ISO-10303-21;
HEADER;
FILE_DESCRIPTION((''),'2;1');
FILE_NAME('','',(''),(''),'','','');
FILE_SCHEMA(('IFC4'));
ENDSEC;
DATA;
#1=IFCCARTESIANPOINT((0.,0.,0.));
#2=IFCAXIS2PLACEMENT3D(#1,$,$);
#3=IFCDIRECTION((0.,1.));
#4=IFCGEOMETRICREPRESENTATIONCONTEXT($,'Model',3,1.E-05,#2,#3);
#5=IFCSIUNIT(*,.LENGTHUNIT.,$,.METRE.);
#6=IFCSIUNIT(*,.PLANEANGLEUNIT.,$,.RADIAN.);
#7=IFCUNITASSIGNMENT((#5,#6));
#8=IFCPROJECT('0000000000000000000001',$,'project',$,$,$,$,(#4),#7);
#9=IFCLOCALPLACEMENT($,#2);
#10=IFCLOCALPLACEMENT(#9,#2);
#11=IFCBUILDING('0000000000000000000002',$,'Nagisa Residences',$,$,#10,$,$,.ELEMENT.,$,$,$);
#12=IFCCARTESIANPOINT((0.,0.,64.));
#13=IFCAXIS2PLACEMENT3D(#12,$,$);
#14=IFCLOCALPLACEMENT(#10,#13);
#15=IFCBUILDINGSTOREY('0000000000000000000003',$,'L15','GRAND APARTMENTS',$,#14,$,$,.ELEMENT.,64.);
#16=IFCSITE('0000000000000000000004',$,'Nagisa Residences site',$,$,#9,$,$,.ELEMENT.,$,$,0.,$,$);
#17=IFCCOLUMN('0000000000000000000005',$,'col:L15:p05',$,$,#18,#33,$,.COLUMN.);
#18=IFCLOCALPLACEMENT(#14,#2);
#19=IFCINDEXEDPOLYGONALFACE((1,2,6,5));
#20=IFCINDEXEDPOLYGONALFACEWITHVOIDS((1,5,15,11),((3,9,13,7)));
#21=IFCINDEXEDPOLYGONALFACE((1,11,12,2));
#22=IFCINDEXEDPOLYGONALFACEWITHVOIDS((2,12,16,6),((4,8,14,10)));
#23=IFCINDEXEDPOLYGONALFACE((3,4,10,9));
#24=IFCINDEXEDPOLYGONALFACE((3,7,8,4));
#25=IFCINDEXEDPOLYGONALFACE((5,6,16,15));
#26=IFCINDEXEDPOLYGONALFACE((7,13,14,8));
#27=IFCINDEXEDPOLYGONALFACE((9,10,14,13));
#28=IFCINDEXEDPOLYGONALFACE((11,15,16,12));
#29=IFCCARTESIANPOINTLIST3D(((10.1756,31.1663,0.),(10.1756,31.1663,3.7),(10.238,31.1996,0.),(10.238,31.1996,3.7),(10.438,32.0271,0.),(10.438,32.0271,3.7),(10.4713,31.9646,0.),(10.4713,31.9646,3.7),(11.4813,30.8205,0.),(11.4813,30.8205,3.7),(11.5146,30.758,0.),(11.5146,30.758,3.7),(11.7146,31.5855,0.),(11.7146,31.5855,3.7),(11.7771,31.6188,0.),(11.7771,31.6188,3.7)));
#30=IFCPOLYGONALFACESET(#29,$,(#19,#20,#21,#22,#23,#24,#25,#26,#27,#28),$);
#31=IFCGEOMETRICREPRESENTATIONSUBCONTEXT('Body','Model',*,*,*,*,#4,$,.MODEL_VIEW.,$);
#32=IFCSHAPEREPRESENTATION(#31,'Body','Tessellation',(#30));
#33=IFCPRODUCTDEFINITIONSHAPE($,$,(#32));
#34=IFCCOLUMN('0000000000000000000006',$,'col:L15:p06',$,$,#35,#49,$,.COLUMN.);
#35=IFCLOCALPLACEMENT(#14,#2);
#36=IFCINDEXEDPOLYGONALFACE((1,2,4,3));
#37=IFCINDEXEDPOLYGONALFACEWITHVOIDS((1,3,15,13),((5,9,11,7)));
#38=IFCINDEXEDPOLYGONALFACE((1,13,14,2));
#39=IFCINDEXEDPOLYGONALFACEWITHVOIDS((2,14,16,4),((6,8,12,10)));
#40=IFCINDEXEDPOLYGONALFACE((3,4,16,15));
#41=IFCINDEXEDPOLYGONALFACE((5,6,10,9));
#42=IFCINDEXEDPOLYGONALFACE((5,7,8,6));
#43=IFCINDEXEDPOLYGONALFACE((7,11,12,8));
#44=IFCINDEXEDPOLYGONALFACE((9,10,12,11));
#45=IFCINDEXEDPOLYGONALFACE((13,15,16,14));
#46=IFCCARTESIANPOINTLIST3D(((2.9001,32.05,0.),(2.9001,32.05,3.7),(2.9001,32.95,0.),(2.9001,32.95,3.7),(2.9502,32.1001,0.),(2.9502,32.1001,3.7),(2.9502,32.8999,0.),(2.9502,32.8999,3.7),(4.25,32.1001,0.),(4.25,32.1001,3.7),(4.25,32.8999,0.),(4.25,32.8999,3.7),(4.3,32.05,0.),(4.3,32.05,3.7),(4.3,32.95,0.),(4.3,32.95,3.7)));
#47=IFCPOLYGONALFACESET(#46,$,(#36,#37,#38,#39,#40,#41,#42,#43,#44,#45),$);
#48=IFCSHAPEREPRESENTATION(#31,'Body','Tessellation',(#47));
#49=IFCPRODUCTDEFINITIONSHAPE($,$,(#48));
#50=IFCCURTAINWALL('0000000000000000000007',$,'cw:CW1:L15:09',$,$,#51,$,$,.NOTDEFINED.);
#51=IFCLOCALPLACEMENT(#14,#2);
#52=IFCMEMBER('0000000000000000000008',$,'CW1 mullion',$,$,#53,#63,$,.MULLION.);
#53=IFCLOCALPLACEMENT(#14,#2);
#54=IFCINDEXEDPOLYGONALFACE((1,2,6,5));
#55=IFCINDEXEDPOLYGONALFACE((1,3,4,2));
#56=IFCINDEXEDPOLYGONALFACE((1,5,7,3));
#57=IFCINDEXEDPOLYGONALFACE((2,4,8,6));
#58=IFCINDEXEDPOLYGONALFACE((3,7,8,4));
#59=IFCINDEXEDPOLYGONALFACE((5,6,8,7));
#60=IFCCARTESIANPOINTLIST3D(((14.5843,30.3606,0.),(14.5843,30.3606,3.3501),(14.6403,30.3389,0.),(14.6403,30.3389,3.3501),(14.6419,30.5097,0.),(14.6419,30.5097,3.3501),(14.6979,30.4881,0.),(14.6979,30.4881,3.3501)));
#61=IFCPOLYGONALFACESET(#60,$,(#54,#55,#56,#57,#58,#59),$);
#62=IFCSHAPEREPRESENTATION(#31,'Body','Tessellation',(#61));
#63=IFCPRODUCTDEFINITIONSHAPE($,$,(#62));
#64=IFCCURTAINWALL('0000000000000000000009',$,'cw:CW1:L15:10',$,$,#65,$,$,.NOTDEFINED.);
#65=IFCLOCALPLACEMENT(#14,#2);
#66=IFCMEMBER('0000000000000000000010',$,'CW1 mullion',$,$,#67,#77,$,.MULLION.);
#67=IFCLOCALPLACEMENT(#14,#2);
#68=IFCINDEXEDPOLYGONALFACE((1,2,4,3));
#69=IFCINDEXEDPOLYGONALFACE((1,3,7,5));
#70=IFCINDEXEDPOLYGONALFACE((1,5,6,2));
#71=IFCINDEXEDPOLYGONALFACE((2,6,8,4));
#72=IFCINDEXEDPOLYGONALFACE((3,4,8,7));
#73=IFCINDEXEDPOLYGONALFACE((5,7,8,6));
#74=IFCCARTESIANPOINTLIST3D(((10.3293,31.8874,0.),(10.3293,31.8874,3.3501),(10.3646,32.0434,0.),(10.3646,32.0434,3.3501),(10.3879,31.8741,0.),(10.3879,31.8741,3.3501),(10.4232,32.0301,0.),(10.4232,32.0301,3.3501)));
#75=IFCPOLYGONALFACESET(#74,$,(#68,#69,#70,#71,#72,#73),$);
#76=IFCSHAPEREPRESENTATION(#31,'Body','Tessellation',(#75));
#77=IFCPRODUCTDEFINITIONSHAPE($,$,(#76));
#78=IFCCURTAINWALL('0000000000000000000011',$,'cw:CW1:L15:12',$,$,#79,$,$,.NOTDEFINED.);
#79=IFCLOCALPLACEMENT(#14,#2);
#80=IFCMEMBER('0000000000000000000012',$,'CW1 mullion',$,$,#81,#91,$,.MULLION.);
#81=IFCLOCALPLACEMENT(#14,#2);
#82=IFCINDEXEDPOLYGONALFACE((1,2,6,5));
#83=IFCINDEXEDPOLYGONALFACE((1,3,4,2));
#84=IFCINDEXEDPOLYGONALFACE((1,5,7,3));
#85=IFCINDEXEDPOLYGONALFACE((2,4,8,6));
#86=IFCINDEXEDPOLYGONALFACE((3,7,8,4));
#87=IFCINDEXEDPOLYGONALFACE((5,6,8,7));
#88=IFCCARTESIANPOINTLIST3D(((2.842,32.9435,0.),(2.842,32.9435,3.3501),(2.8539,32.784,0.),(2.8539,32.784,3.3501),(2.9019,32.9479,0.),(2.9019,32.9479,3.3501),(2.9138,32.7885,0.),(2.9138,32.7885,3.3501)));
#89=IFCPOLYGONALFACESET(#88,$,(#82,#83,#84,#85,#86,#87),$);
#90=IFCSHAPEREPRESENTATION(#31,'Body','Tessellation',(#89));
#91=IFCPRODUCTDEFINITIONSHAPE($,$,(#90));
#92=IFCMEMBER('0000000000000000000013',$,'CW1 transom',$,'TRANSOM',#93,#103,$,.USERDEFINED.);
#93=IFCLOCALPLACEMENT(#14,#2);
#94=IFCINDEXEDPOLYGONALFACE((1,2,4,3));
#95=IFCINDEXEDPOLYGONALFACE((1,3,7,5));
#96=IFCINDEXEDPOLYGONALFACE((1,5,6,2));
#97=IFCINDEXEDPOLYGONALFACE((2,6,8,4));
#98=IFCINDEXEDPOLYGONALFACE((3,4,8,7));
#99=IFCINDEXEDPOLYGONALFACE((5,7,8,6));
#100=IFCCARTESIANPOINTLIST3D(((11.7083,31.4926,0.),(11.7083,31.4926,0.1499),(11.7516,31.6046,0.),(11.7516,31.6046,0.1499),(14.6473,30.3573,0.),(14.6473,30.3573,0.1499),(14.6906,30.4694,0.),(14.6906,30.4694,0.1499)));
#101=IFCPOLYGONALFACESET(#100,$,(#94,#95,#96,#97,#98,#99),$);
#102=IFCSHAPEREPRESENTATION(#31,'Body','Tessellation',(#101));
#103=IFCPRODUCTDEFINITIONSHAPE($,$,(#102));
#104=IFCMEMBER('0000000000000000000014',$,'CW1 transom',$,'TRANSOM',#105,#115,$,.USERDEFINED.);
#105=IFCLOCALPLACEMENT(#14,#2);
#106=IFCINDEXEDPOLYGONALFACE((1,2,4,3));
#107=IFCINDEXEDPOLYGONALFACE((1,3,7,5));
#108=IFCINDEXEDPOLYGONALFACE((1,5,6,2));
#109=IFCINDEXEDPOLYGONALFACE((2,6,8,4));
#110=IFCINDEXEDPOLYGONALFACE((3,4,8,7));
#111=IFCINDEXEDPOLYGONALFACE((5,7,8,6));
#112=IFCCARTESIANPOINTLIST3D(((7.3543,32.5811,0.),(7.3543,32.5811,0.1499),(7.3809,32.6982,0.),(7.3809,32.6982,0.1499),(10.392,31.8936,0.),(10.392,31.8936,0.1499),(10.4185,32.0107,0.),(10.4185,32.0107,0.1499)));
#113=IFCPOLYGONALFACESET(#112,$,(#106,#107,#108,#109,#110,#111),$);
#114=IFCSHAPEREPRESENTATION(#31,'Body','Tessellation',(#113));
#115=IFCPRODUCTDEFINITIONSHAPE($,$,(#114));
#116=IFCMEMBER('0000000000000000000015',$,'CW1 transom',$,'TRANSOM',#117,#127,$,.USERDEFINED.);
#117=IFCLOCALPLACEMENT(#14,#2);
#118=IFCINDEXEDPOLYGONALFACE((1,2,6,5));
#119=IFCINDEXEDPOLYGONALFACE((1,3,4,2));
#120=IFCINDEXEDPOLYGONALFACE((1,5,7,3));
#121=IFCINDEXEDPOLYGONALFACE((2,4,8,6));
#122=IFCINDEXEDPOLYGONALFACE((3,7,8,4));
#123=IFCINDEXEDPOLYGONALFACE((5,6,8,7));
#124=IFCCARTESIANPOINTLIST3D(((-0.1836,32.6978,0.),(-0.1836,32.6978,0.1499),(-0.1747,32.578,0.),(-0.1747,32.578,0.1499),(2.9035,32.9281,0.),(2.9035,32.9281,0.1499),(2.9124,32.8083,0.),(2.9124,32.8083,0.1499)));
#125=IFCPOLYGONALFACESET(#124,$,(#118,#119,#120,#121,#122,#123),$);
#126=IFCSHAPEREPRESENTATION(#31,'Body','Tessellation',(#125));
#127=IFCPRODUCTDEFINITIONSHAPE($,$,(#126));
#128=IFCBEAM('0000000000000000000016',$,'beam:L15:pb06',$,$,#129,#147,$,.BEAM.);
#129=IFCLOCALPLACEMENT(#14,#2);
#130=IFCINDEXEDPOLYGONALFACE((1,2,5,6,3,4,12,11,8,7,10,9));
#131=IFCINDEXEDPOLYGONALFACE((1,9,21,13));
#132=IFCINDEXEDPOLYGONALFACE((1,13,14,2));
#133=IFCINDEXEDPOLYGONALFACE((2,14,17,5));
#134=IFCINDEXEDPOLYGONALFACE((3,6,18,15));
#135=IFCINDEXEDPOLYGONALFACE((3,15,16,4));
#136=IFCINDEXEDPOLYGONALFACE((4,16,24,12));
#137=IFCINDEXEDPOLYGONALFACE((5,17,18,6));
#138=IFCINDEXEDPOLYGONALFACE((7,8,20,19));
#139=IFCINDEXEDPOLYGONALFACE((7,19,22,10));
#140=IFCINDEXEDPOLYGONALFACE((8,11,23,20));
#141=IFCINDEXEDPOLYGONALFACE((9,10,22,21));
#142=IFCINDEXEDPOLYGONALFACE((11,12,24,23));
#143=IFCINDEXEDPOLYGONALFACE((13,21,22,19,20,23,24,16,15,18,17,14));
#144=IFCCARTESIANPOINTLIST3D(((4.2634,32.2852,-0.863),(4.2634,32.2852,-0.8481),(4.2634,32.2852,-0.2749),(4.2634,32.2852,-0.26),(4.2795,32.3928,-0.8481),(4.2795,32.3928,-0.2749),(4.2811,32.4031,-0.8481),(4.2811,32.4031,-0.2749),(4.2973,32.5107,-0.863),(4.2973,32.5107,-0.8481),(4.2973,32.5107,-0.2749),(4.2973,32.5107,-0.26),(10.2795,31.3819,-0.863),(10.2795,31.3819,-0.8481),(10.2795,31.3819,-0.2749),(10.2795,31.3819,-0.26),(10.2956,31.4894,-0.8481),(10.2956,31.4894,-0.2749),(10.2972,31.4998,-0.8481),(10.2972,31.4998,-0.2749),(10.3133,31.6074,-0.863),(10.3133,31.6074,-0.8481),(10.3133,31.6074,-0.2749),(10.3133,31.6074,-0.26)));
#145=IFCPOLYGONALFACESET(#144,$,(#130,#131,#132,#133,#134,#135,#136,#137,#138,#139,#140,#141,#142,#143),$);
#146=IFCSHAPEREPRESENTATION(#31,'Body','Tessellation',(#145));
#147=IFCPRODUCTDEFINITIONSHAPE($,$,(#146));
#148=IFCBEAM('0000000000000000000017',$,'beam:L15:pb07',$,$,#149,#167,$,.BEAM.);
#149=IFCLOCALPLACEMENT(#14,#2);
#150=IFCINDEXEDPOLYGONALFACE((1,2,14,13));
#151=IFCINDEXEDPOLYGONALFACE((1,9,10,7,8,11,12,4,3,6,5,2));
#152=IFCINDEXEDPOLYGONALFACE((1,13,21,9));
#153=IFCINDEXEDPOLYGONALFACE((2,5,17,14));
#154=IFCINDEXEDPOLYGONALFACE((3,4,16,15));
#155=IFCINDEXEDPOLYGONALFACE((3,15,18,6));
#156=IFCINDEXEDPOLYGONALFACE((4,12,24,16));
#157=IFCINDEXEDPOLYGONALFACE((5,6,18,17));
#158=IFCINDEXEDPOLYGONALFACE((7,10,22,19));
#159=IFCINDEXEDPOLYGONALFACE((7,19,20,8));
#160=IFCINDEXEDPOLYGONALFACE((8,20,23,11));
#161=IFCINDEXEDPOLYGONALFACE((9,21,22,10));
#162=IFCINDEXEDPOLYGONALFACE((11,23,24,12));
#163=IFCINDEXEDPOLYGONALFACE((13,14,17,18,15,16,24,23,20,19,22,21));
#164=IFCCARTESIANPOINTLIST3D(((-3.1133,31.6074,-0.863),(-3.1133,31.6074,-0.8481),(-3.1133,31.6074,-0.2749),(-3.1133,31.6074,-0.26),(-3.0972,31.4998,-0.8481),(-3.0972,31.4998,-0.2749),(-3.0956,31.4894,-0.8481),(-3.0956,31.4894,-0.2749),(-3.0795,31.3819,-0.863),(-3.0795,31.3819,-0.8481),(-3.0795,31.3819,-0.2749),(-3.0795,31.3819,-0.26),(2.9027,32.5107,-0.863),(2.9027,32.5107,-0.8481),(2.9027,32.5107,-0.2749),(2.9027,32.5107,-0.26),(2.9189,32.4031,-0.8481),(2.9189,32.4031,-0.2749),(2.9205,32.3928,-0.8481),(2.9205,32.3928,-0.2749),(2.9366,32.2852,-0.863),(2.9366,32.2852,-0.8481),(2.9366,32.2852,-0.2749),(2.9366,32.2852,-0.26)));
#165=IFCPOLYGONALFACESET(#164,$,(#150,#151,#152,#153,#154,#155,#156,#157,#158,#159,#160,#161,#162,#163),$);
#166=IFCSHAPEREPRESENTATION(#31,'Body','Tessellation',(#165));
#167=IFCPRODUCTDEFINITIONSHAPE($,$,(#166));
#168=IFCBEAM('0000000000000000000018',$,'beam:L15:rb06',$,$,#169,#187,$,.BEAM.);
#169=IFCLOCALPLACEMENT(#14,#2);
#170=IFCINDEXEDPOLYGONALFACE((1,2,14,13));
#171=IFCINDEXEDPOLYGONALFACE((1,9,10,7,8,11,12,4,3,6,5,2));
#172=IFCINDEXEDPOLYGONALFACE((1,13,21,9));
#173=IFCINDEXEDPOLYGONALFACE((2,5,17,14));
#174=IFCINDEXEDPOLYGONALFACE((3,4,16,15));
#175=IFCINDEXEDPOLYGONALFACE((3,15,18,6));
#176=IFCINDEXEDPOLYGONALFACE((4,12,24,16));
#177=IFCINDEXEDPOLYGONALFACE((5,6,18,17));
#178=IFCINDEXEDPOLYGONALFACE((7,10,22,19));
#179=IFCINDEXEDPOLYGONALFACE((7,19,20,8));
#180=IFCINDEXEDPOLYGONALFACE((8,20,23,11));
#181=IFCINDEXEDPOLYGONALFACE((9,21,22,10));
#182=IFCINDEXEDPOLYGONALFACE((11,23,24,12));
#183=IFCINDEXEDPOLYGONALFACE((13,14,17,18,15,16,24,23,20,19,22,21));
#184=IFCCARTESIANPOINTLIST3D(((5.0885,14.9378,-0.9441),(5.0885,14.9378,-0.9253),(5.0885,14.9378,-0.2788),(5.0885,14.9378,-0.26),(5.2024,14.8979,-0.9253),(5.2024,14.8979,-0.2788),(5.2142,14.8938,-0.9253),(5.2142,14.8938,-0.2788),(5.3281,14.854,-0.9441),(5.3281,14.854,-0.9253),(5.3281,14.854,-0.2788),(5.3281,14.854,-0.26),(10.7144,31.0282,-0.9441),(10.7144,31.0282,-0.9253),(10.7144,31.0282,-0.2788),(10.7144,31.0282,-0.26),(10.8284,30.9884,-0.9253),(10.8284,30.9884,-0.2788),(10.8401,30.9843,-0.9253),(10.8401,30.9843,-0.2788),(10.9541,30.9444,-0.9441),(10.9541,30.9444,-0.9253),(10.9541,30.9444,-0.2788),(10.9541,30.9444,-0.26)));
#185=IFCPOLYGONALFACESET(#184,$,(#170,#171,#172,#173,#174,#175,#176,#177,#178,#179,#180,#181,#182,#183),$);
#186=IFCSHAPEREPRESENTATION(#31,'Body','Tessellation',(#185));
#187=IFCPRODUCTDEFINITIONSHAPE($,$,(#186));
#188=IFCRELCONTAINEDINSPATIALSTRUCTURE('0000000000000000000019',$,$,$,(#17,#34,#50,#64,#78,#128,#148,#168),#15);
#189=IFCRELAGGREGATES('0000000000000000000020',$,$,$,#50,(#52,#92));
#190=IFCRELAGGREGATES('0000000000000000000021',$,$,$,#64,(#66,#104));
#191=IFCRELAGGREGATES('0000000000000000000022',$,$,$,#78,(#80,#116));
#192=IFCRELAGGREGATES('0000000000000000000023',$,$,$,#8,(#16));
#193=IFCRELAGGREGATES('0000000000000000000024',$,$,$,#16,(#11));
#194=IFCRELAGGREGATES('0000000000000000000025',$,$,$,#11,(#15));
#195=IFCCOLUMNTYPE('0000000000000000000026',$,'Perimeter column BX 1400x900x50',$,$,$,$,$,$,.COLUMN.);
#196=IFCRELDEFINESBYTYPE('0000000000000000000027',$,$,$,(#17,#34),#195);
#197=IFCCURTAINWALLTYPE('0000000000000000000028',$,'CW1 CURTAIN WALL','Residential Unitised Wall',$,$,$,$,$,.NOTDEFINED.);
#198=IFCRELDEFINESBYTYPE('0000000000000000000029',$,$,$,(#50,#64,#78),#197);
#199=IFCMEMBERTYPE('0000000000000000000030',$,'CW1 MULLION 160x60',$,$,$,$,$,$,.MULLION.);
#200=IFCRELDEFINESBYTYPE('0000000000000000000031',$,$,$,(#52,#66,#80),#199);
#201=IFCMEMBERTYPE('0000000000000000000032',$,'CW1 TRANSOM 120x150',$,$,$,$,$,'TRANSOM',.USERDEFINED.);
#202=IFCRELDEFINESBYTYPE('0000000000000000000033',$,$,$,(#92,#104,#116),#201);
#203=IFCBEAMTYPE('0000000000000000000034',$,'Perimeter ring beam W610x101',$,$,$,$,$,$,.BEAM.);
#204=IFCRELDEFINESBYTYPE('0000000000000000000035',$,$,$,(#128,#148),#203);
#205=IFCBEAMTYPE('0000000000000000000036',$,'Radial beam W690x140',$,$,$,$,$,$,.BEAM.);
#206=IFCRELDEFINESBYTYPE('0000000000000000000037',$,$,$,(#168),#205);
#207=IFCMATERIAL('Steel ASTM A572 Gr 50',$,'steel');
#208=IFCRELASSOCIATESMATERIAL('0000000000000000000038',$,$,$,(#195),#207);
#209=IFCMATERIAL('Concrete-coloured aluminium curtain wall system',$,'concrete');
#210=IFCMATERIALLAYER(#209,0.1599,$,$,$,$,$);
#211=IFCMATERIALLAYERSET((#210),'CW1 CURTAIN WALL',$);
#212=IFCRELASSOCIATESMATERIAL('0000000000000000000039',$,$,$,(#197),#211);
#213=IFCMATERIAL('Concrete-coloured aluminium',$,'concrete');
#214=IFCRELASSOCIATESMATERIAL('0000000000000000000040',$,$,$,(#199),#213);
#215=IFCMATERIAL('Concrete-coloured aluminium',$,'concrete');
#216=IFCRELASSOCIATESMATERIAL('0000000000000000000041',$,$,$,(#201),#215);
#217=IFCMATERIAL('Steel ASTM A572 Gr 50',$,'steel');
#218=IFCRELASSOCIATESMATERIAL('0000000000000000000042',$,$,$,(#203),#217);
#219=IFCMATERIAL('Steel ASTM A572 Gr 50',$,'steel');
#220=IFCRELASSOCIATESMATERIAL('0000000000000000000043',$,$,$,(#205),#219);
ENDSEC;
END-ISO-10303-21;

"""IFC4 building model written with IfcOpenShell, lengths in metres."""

from ifc_helpers import new_model, si_unit, direction, frame, origin, origin_2d, place, context, subcontext, project, spatial, rectangle, hollow_rectangle, i_section, extrude, material, layer, layer_set, material_profile, profile_set, type_object, element, aggregate, save


model = new_model("IFC4")

# Units and contexts
model_context = context("Model", 3, precision=1e-05, world=origin(), true_north=direction((0.0, 1.0)))
body_context = subcontext(model_context, "Body", "Model", "MODEL_VIEW")
ifc_project = project(units=[si_unit("LENGTHUNIT", "METRE"), si_unit("PLANEANGLEUNIT", "RADIAN")], contexts=[model_context])

# Site, building, storey
site_placement = place(None, origin())
site = spatial("IfcSite", under=ifc_project, at=site_placement, Name="Nagisa Residences site", CompositionType="ELEMENT", RefElevation=0.0)
building_placement = place(site_placement, origin())
building = spatial("IfcBuilding", under=site, at=building_placement, Name="Nagisa Residences", CompositionType="ELEMENT")
storey_placement = place(building_placement, frame((0.0, 0.0, 64.0)))
storey = spatial("IfcBuildingStorey", under=building, at=storey_placement, Name="L15", Description="GRAND APARTMENTS", CompositionType="ELEMENT", Elevation=64.0)

# Columns
ifc_material_1 = material(Name="Steel ASTM A572 Gr 50", Category="steel")
ifc_material_profile_1 = material_profile(ifc_material_1, hollow_rectangle(XDim=1.3999, YDim=0.8999, WallThickness=0.05, at=origin_2d()), Name="BX 1400x900x50")
ifc_profile_set_1 = profile_set([ifc_material_profile_1], Name="Steel ASTM A572 Gr 50")
column_type = type_object("IfcColumnType", Name="Perimeter column BX 1400x900x50", PredefinedType="COLUMN", material=ifc_profile_set_1)
for number, where, z_axis, x_axis, name in (
    (1, (10.9763, 31.3926, 0.0), (0.0, 0.0, 1.0), (-0.956525, 0.291652, 0.0), "col:L15:p05"),
    (2, (3.6001, 32.5, 0.0), (0.0, 0.0, 1.0), (-1.0, 0.0, 0.0), "col:L15:p06"),
):
    element("IfcColumn", number, at=place(storey_placement, frame(where, z_axis=z_axis, x_axis=x_axis)), inside=storey, type_object=column_type, Name=name, PredefinedType="COLUMN", context=body_context, shape_type="SweptSolid", body=[
        extrude(hollow_rectangle(XDim=1.3999, YDim=0.8999, WallThickness=0.05, at=origin_2d()), origin(), (0.0, 0.0, 1.0), 3.7),
    ])

# Curtain walls, members
ifc_material_2 = material(Name="Concrete-coloured aluminium curtain wall system", Category="concrete")
ifc_layer_1 = layer(ifc_material_2, 0.1599)
ifc_layer_set_1 = layer_set([ifc_layer_1], Name="CW1 CURTAIN WALL")
curtain_wall_type = type_object("IfcCurtainWallType", Name="CW1 CURTAIN WALL", Description="Residential Unitised Wall", PredefinedType="NOTDEFINED", material=ifc_layer_set_1)
curtain_wall_1_placement = place(storey_placement, origin())
curtain_wall_1 = element("IfcCurtainWall", 3, at=curtain_wall_1_placement, inside=storey, type_object=curtain_wall_type, Name="cw:CW1:L15:09", PredefinedType="NOTDEFINED")
ifc_material_3 = material(Name="Concrete-coloured aluminium", Category="concrete")
ifc_material_profile_2 = material_profile(ifc_material_3, rectangle(XDim=0.1599, YDim=0.0601, at=origin_2d()), Name="CW1 MULLION 160x60")
ifc_profile_set_2 = profile_set([ifc_material_profile_2], Name="Concrete-coloured aluminium")
member_type_1 = type_object("IfcMemberType", Name="CW1 MULLION 160x60", PredefinedType="MULLION", material=ifc_profile_set_2)
member_1_placement = place(storey_placement, frame((14.6411, 30.4243, 0.0), z_axis=(0.0, 0.0, 1.0), x_axis=(-0.360328, -0.932826, 0.0)))
member_1 = element("IfcMember", 4, at=member_1_placement, type_object=member_type_1, Name="CW1 mullion", PredefinedType="MULLION", context=body_context, shape_type="SweptSolid", body=[
    extrude(rectangle(XDim=0.1599, YDim=0.0601, at=origin_2d()), origin(), (0.0, 0.0, 1.0), 3.3501),
])
curtain_wall_2_placement = place(storey_placement, origin())
curtain_wall_2 = element("IfcCurtainWall", 5, at=curtain_wall_2_placement, inside=storey, type_object=curtain_wall_type, Name="cw:CW1:L15:10", PredefinedType="NOTDEFINED")
member_2_placement = place(storey_placement, frame((10.3762, 31.9587, 0.0), z_axis=(0.0, 0.0, 1.0), x_axis=(-0.220764, -0.975327, 0.0)))
member_2 = element("IfcMember", 6, at=member_2_placement, type_object=member_type_1, Name="CW1 mullion", PredefinedType="MULLION", context=body_context, shape_type="SweptSolid", body=[
    extrude(rectangle(XDim=0.1599, YDim=0.0601, at=origin_2d()), origin(), (0.0, 0.0, 1.0), 3.3501),
])
curtain_wall_3_placement = place(storey_placement, origin())
curtain_wall_3 = element("IfcCurtainWall", 7, at=curtain_wall_3_placement, inside=storey, type_object=curtain_wall_type, Name="cw:CW1:L15:12", PredefinedType="NOTDEFINED")
member_3_placement = place(storey_placement, frame((2.8779, 32.866, 0.0), z_axis=(0.0, 0.0, 1.0), x_axis=(0.074377, -0.99723, 0.0)))
member_3 = element("IfcMember", 8, at=member_3_placement, type_object=member_type_1, Name="CW1 mullion", PredefinedType="MULLION", context=body_context, shape_type="SweptSolid", body=[
    extrude(rectangle(XDim=0.1599, YDim=0.0601, at=origin_2d()), origin(), (0.0, 0.0, 1.0), 3.3501),
])

# Members
ifc_material_4 = material(Name="Concrete-coloured aluminium", Category="concrete")
ifc_material_profile_3 = material_profile(ifc_material_4, rectangle(XDim=0.1201, YDim=0.1499, at=origin_2d()), Name="CW1 TRANSOM 120x150")
ifc_profile_set_3 = profile_set([ifc_material_profile_3], Name="Concrete-coloured aluminium")
member_type_2 = type_object("IfcMemberType", Name="CW1 TRANSOM 120x150", ElementType="TRANSOM", PredefinedType="USERDEFINED", material=ifc_profile_set_3)
member_4_placement = place(storey_placement, frame((14.6689, 30.4133, 0.075), z_axis=(-0.932825, 0.360329, 0.0), x_axis=(-0.360329, -0.932825, 0.0)))
member_4 = element("IfcMember", 9, at=member_4_placement, type_object=member_type_2, Name="CW1 transom", ObjectType="TRANSOM", PredefinedType="USERDEFINED", context=body_context, shape_type="SweptSolid", body=[
    extrude(rectangle(XDim=0.1201, YDim=0.1499, at=origin_2d()), origin(), (0.0, 0.0, 1.0), 3.1506),
])
member_5_placement = place(storey_placement, frame((10.4053, 31.9521, 0.075), z_axis=(-0.975331, 0.220747, 0.0), x_axis=(-0.220747, -0.975331, 0.0)))
member_5 = element("IfcMember", 10, at=member_5_placement, type_object=member_type_2, Name="CW1 transom", ObjectType="TRANSOM", PredefinedType="USERDEFINED", context=body_context, shape_type="SweptSolid", body=[
    extrude(rectangle(XDim=0.1201, YDim=0.1499, at=origin_2d()), origin(), (0.0, 0.0, 1.0), 3.1145),
])
member_6_placement = place(storey_placement, frame((2.908, 32.8682, 0.075), z_axis=(-0.997231, -0.074368, 0.0), x_axis=(0.074368, -0.997231, 0.0)))
member_6 = element("IfcMember", 11, at=member_6_placement, type_object=member_type_2, Name="CW1 transom", ObjectType="TRANSOM", PredefinedType="USERDEFINED", context=body_context, shape_type="SweptSolid", body=[
    extrude(rectangle(XDim=0.1201, YDim=0.1499, at=origin_2d()), origin(), (0.0, 0.0, 1.0), 3.0957),
])

# Beams
ifc_material_5 = material(Name="Steel ASTM A572 Gr 50", Category="steel")
ifc_material_profile_4 = material_profile(ifc_material_5, i_section(OverallWidth=0.228, OverallDepth=0.603, WebThickness=0.0105, FlangeThickness=0.0149, at=origin_2d()), Name="W610x101")
ifc_profile_set_4 = profile_set([ifc_material_profile_4], Name="Steel ASTM A572 Gr 50")
beam_type_1 = type_object("IfcBeamType", Name="Perimeter ring beam W610x101", PredefinedType="BEAM", material=ifc_profile_set_4)
for number, where, z_axis, x_axis, name in (
    (12, (10.2964, 31.4946, -0.5615), (-0.988915, 0.148486, 0.0), (-0.148486, -0.988915, 0.0), "beam:L15:pb06"),
    (13, (2.9197, 32.3979, -0.5615), (-0.988915, -0.148486, 0.0), (0.148486, -0.988915, 0.0), "beam:L15:pb07"),
):
    element("IfcBeam", number, at=place(storey_placement, frame(where, z_axis=z_axis, x_axis=x_axis)), inside=storey, type_object=beam_type_1, Name=name, PredefinedType="BEAM", context=body_context, shape_type="SweptSolid", body=[
        extrude(i_section(OverallWidth=0.228, OverallDepth=0.603, WebThickness=0.0105, FlangeThickness=0.0149, at=origin_2d()), origin(), (0.0, 0.0, 1.0), 6.0835),
    ])
ifc_material_6 = material(Name="Steel ASTM A572 Gr 50", Category="steel")
ifc_material_profile_5 = material_profile(ifc_material_6, i_section(OverallWidth=0.2539, OverallDepth=0.6841, WebThickness=0.0125, FlangeThickness=0.0188, at=origin_2d()), Name="W690x140")
ifc_profile_set_5 = profile_set([ifc_material_profile_5], Name="Steel ASTM A572 Gr 50")
beam_type_2 = type_object("IfcBeamType", Name="Radial beam W690x140", PredefinedType="BEAM", material=ifc_profile_set_5)
beam_1_placement = place(storey_placement, frame((10.8342, 30.9863, -0.6021), z_axis=(-0.330051, -0.943963, 0.0), x_axis=(0.943963, -0.330051, 0.0)))
element("IfcBeam", 14, at=beam_1_placement, inside=storey, type_object=beam_type_2, Name="beam:L15:rb06", PredefinedType="BEAM", context=body_context, shape_type="SweptSolid", body=[
    extrude(i_section(OverallWidth=0.2539, OverallDepth=0.6841, WebThickness=0.0125, FlangeThickness=0.0188, at=origin_2d()), origin(), (0.0, 0.0, 1.0), 17.0457),
])

aggregate(curtain_wall_1, [member_1, member_4])
aggregate(curtain_wall_2, [member_2, member_5])
aggregate(curtain_wall_3, [member_3, member_6])

save(model, "model.ifc")
